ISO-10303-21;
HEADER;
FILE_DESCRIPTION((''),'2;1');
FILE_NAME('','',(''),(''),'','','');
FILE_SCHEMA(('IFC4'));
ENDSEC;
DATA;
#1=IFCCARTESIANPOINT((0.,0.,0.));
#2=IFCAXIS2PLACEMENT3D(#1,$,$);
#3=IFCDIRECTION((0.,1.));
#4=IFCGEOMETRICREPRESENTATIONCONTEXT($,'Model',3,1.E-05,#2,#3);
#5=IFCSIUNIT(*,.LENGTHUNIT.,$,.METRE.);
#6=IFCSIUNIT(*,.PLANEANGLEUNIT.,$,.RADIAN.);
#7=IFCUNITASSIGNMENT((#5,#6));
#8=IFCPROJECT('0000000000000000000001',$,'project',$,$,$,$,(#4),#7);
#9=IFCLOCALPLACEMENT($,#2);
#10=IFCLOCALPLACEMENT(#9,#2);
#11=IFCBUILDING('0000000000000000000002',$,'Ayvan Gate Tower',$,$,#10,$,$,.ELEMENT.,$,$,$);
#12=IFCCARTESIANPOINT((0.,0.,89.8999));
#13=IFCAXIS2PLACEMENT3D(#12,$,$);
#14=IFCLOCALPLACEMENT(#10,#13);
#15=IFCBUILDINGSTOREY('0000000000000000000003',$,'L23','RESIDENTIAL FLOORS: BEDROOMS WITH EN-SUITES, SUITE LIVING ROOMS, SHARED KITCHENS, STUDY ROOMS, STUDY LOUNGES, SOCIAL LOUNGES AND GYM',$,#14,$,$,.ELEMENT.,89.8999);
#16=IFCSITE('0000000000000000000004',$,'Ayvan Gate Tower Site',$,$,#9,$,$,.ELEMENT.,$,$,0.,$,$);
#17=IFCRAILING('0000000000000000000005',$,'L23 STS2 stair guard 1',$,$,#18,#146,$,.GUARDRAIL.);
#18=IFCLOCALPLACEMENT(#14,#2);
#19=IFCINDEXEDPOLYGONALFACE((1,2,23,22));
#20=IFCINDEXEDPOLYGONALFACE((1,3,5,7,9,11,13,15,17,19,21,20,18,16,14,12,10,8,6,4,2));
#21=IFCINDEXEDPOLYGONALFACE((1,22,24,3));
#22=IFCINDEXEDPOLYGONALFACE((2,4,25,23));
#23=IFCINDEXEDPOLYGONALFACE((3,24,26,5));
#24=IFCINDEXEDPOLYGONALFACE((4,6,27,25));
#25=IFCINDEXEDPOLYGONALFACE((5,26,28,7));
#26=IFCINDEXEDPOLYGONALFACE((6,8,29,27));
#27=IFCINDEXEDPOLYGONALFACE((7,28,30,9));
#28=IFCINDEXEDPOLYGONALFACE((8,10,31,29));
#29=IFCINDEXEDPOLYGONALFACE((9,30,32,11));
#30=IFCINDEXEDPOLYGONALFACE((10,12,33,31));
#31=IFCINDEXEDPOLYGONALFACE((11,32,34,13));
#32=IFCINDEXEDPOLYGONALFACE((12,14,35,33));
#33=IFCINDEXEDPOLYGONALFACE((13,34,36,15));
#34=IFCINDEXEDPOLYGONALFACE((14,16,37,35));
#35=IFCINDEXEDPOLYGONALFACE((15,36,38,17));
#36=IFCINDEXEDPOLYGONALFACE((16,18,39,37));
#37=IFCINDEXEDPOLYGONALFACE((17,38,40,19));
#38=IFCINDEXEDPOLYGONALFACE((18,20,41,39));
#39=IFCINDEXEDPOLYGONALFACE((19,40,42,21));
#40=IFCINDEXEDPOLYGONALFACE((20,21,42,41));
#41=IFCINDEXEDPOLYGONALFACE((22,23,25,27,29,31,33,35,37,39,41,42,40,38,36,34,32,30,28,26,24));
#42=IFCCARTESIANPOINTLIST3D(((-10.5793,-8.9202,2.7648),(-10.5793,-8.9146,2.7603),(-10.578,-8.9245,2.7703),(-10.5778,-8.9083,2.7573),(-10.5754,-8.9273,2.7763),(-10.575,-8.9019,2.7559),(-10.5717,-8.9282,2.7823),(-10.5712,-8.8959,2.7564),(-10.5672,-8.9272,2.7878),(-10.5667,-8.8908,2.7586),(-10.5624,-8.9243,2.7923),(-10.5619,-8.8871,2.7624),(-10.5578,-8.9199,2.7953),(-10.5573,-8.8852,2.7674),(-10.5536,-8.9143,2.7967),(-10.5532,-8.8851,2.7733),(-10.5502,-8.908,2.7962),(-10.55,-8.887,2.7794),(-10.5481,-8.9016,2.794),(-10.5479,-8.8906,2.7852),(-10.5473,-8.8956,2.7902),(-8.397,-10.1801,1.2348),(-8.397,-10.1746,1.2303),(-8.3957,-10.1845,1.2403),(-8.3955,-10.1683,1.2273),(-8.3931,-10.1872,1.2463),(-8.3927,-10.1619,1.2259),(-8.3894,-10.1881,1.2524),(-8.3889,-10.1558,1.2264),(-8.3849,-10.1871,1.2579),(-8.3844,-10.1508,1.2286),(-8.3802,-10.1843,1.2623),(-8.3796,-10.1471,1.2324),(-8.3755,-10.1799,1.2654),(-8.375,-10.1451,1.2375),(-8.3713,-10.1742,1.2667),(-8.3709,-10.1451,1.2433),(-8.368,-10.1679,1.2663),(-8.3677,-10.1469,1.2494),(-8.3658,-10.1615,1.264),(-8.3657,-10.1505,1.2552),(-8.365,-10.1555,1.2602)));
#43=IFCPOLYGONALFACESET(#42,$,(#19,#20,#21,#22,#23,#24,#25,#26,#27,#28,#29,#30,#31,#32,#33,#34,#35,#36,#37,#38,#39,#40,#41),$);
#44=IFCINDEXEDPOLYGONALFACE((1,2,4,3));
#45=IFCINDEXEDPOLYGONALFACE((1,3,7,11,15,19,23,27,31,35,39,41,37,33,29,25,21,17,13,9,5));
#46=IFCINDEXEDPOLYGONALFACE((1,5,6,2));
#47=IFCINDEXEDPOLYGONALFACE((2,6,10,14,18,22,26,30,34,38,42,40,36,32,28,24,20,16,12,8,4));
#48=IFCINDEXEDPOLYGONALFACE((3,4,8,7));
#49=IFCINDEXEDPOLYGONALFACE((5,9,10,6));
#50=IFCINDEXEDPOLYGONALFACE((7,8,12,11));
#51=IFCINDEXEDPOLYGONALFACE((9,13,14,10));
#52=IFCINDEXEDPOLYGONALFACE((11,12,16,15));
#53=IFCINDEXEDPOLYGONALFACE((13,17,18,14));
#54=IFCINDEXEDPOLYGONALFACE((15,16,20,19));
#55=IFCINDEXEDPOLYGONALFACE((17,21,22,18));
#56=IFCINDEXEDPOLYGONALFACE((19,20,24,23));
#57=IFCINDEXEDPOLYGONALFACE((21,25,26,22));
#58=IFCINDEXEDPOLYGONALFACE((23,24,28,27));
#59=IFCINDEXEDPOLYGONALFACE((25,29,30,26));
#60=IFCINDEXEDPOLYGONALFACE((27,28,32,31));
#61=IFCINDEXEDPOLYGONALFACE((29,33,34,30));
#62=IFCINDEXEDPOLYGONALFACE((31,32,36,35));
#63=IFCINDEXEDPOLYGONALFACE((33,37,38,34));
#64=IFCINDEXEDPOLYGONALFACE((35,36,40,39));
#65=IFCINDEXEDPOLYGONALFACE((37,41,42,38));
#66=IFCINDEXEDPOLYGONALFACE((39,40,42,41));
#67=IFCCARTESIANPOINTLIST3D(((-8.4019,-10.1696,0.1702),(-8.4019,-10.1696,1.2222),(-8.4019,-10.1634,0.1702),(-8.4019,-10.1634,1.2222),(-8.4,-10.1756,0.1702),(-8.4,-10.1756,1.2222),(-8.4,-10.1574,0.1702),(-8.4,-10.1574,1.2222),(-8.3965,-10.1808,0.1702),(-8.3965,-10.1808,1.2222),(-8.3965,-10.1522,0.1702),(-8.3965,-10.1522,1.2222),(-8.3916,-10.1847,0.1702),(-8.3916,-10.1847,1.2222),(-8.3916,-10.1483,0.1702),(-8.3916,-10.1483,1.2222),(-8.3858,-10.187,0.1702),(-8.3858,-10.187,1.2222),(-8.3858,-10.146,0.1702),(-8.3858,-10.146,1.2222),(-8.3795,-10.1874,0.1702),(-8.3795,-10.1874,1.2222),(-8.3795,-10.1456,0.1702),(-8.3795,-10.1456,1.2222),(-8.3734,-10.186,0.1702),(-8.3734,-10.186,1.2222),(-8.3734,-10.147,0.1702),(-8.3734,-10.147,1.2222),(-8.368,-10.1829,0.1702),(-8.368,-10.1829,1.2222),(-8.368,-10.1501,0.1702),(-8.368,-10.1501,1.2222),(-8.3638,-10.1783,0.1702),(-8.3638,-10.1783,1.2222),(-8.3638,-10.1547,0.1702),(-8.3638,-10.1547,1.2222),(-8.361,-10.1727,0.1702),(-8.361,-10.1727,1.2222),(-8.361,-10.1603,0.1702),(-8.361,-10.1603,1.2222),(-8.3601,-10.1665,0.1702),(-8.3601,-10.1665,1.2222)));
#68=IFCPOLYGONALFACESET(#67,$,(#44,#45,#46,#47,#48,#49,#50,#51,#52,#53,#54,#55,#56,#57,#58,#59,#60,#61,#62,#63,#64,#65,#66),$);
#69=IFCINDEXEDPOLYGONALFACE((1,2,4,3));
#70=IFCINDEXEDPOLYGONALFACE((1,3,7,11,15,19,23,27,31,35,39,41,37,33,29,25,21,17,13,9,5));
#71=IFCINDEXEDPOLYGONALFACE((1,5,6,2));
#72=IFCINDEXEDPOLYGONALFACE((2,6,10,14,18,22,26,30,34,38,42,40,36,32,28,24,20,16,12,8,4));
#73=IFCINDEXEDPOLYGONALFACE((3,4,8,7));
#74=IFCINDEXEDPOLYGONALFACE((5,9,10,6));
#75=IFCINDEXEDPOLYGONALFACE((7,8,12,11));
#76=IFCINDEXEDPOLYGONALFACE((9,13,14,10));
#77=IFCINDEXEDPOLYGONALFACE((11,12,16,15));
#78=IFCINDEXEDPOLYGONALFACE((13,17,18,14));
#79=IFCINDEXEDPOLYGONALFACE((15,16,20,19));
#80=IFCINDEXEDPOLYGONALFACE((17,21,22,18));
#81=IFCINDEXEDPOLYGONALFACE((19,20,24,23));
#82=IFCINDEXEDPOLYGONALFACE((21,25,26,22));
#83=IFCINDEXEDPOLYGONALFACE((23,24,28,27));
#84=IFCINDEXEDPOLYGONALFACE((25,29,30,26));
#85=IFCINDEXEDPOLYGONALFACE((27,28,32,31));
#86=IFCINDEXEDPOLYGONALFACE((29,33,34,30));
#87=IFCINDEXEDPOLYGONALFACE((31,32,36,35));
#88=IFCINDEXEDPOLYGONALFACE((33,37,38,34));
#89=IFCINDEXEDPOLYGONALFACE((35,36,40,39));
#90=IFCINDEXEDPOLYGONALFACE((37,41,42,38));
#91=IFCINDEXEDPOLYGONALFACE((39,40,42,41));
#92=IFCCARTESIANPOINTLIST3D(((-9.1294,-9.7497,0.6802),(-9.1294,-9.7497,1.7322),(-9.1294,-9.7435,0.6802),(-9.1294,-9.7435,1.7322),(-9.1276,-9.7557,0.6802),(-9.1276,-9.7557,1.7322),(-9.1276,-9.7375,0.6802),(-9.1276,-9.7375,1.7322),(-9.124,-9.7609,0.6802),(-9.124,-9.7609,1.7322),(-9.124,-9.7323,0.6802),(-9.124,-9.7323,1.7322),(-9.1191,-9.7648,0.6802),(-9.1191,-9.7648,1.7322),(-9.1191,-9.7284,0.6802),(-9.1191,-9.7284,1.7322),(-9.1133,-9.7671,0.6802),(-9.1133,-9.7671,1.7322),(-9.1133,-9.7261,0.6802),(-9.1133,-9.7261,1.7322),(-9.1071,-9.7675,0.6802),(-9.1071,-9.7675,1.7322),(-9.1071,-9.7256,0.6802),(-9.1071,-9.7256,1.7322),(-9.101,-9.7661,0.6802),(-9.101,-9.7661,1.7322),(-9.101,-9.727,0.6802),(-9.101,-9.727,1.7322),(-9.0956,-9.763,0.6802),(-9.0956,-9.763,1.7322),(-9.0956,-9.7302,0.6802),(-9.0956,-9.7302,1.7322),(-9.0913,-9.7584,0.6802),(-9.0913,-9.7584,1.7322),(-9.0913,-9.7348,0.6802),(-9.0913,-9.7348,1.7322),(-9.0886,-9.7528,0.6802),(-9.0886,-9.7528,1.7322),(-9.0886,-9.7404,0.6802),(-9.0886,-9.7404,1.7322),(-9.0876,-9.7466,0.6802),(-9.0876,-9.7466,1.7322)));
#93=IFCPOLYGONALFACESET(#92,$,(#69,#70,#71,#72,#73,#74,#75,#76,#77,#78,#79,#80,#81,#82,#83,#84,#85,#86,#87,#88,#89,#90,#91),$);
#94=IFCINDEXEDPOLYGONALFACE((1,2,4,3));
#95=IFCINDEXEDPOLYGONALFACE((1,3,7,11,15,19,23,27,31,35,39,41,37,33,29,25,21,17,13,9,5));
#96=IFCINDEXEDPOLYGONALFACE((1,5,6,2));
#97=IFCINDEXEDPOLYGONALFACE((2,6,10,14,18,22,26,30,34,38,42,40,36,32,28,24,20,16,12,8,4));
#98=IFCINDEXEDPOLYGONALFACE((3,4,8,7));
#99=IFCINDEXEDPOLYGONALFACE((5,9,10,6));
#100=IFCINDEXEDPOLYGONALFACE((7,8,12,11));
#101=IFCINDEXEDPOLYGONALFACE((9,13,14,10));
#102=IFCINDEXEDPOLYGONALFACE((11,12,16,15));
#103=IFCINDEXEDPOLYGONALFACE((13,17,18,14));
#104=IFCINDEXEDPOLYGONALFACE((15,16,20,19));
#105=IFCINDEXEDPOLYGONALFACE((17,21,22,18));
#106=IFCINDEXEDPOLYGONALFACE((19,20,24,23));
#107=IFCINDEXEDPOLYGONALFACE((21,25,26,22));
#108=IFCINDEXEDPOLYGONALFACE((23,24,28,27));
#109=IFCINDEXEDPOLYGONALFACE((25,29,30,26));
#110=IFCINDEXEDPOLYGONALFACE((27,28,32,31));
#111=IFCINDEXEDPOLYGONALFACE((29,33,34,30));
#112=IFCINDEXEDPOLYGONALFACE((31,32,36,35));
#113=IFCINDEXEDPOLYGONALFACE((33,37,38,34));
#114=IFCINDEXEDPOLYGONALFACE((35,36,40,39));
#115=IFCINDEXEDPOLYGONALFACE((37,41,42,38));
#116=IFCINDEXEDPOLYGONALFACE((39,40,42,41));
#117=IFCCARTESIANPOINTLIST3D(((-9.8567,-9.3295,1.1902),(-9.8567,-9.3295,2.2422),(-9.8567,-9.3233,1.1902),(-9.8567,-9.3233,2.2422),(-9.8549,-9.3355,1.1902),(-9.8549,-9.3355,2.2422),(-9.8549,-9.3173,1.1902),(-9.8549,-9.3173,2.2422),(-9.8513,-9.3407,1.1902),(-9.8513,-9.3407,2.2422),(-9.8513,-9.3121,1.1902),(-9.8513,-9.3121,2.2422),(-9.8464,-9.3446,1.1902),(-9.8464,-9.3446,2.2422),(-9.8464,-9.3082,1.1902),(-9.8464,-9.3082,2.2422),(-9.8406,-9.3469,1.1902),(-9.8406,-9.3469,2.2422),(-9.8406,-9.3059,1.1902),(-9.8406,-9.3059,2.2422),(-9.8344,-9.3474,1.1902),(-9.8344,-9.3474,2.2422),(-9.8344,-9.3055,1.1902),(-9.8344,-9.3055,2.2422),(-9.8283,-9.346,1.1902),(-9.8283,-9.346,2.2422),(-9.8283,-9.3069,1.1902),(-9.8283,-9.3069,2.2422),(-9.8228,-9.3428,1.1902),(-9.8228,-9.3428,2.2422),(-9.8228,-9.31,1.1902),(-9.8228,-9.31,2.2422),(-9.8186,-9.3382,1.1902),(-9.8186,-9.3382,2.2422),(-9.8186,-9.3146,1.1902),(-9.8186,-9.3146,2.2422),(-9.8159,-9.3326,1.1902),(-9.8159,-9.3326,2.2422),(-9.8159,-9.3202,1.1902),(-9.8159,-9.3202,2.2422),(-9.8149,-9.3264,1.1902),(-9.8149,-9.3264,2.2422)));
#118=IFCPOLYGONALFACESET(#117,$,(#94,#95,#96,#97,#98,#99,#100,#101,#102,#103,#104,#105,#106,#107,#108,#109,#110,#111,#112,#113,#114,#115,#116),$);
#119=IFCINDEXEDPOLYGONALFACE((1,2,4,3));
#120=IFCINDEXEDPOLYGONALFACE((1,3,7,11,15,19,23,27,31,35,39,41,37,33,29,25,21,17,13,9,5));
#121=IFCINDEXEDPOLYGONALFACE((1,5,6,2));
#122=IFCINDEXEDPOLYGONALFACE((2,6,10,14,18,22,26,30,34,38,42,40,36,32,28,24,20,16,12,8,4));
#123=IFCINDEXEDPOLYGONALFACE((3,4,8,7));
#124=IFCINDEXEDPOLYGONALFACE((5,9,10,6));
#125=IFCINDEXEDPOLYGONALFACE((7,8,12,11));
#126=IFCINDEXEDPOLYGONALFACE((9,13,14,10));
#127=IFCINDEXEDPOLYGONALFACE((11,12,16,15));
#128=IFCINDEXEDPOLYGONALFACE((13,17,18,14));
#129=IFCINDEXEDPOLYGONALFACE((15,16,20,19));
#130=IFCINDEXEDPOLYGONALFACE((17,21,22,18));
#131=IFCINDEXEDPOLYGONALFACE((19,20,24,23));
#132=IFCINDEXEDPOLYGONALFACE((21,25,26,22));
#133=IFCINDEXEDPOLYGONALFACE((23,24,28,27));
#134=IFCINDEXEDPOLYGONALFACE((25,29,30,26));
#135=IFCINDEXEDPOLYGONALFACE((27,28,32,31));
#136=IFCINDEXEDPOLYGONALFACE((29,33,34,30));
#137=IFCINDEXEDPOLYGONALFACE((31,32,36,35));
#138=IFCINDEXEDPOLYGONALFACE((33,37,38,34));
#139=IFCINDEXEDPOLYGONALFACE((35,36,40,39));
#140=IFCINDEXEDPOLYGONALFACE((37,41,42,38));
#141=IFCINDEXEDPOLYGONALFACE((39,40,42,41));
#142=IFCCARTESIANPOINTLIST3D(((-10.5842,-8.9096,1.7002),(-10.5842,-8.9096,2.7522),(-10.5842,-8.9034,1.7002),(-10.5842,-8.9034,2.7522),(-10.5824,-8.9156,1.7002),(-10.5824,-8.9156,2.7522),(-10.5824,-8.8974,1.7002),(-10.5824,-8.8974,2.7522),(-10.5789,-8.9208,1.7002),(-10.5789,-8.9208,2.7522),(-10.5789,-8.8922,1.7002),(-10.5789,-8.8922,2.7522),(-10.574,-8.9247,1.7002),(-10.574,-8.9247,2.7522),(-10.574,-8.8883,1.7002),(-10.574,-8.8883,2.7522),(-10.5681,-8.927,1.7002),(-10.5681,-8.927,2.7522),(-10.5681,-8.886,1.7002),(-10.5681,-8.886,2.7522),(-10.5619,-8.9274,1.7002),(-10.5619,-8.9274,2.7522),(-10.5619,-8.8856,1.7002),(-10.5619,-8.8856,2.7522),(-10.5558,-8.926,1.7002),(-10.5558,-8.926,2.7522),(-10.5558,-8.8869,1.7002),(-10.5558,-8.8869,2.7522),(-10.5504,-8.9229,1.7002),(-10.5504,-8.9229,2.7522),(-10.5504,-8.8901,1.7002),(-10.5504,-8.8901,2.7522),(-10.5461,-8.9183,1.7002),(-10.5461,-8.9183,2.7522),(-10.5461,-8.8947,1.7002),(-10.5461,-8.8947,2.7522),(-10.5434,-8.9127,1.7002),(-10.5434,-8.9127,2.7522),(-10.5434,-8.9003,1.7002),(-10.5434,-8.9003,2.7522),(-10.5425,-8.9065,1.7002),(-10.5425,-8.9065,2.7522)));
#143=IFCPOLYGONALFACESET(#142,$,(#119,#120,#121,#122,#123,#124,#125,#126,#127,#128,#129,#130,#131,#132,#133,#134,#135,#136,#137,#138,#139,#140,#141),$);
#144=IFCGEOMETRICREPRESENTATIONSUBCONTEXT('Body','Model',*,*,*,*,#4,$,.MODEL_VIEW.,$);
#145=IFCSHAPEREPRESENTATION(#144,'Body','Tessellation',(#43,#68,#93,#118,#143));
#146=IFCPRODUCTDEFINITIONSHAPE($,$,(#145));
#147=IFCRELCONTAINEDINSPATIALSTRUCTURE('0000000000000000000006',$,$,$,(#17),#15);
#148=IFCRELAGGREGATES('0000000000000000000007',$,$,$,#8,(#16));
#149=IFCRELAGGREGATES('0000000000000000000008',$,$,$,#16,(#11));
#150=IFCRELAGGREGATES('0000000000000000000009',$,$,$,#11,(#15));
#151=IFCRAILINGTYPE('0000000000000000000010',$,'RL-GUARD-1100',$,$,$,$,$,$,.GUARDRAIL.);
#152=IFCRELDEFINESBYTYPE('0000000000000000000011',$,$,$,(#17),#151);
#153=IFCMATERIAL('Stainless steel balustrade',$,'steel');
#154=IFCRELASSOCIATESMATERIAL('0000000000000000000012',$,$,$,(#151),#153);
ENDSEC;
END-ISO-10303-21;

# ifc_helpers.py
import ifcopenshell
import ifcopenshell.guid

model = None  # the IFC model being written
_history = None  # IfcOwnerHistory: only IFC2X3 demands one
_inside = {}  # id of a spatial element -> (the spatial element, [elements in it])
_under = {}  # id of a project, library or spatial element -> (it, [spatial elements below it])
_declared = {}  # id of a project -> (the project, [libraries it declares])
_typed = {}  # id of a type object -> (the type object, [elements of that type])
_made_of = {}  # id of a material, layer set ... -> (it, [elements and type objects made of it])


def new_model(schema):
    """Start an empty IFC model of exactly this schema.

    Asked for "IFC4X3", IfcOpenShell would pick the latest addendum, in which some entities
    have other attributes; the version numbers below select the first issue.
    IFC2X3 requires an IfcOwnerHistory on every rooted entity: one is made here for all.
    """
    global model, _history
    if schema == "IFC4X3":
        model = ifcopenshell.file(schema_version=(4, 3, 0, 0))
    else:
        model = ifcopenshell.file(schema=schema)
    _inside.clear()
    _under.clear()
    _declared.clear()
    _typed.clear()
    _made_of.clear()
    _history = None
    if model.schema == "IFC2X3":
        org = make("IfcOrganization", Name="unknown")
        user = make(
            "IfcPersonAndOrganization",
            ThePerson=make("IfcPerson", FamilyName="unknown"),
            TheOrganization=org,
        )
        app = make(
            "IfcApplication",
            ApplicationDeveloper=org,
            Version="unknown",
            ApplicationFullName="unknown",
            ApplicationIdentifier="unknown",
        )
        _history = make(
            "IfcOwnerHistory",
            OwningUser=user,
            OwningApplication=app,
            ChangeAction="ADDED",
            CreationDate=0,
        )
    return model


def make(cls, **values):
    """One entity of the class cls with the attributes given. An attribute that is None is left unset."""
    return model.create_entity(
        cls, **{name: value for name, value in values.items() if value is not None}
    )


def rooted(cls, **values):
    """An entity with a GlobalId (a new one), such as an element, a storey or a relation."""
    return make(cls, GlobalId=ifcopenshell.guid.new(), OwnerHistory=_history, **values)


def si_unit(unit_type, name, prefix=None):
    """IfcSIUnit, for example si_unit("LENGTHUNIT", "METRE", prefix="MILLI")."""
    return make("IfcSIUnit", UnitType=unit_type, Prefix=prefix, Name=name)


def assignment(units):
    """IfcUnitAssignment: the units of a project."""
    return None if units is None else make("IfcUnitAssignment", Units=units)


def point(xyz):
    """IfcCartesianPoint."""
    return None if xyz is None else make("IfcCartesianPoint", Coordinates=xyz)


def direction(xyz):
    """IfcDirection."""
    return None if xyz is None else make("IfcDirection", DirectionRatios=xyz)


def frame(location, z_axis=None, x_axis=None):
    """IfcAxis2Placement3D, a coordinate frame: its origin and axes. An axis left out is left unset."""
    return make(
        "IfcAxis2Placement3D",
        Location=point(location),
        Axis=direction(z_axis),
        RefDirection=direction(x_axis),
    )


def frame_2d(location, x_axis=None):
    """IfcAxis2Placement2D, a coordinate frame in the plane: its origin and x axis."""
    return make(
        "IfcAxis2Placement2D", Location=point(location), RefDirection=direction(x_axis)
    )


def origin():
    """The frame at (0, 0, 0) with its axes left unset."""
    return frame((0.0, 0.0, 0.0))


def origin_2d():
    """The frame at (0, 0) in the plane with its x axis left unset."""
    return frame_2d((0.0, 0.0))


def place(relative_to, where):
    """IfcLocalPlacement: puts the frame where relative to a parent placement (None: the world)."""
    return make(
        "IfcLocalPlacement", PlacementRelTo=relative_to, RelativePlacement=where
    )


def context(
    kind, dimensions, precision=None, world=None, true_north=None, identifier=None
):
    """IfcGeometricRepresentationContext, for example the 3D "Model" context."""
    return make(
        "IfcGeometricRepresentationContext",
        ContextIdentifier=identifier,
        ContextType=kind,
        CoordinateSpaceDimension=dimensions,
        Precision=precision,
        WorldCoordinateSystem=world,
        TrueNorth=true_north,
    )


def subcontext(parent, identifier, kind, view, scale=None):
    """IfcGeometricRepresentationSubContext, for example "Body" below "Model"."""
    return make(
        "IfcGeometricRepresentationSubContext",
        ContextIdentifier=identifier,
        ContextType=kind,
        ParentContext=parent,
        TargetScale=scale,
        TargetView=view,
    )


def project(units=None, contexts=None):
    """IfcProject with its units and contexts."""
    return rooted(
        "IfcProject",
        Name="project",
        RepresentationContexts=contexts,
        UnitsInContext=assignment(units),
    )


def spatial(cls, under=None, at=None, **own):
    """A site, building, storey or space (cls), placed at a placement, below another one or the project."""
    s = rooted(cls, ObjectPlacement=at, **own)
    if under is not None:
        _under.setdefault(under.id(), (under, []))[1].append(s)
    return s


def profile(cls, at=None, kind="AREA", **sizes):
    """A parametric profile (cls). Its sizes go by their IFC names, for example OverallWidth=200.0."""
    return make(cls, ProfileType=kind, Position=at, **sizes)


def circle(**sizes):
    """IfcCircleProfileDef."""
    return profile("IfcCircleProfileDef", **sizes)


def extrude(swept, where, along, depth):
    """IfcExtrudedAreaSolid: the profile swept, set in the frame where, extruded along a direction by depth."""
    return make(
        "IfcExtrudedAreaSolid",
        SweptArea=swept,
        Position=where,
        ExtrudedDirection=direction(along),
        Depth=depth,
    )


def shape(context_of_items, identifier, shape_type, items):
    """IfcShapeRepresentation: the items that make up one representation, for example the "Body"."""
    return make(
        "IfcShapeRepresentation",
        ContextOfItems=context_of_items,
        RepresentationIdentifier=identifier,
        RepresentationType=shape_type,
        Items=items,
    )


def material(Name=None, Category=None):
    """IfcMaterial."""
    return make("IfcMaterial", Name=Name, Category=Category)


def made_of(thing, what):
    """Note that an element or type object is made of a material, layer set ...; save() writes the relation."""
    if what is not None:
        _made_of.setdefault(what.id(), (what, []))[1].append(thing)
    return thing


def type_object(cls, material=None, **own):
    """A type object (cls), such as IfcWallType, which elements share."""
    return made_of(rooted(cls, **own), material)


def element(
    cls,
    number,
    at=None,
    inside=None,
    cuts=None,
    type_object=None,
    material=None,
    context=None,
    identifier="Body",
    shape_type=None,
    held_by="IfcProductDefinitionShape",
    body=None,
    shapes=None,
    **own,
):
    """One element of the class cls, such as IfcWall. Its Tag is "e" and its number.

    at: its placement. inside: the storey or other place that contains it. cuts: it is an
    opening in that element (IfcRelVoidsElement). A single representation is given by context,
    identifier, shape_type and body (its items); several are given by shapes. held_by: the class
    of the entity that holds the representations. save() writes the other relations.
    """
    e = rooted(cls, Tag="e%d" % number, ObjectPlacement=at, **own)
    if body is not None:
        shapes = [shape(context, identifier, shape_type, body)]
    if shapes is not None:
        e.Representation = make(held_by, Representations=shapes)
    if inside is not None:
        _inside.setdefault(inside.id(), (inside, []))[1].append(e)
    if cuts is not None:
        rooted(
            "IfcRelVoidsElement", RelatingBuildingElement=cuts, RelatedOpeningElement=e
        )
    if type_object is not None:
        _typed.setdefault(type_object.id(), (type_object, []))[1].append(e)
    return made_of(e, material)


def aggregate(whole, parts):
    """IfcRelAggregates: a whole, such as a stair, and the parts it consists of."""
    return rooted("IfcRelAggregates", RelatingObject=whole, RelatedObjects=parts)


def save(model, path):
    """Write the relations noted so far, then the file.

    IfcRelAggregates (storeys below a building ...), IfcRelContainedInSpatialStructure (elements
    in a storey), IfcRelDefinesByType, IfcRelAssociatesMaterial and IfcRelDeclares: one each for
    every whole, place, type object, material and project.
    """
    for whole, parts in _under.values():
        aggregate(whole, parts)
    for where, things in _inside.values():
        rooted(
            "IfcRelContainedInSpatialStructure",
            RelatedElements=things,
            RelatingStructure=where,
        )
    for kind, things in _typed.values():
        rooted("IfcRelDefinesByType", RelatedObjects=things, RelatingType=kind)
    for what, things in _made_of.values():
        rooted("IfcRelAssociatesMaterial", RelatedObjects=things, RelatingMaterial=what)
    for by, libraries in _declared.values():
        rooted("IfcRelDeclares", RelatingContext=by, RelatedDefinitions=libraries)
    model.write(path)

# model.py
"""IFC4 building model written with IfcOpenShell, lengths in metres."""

from ifc_helpers import new_model, si_unit, direction, frame, origin, origin_2d, place, context, subcontext, project, spatial, circle, extrude, material, type_object, element, save


model = new_model("IFC4")

# Units and contexts
model_context = context("Model", 3, precision=1e-05, world=origin(), true_north=direction((0.0, 1.0)))
body_context = subcontext(model_context, "Body", "Model", "MODEL_VIEW")
ifc_project = project(units=[si_unit("LENGTHUNIT", "METRE"), si_unit("PLANEANGLEUNIT", "RADIAN")], contexts=[model_context])

# Site, building, storey
site_placement = place(None, origin())
site = spatial("IfcSite", under=ifc_project, at=site_placement, Name="Ayvan Gate Tower Site", CompositionType="ELEMENT", RefElevation=0.0)
building_placement = place(site_placement, origin())
building = spatial("IfcBuilding", under=site, at=building_placement, Name="Ayvan Gate Tower", CompositionType="ELEMENT")
storey_placement = place(building_placement, frame((0.0, 0.0, 89.8999)))
storey = spatial("IfcBuildingStorey", under=building, at=storey_placement, Name="L23", Description="RESIDENTIAL FLOORS: BEDROOMS WITH EN-SUITES, SUITE LIVING ROOMS, SHARED KITCHENS, STUDY ROOMS, STUDY LOUNGES, SOCIAL LOUNGES AND GYM", CompositionType="ELEMENT", Elevation=89.8999)

# Railing
ifc_material_1 = material(Name="Stainless steel balustrade", Category="steel")
railing_type_1 = type_object("IfcRailingType", Name="RL-GUARD-1100", PredefinedType="GUARDRAIL", material=ifc_material_1)
railing_1_placement = place(storey_placement, frame((-8.3811, -10.1665, 0.1702)))
element("IfcRailing", 1, at=railing_1_placement, inside=storey, type_object=railing_type_1, Name="L23 STS2 stair guard 1", PredefinedType="GUARDRAIL", context=body_context, shape_type="SweptSolid", body=[
    extrude(circle(Radius=0.0239, at=origin_2d()), frame((0.0, 0.0, 1.0762), z_axis=(-0.740261, 0.427395, 0.518986), x_axis=(-0.500005, -0.866023, 0.0)), (0.0, 0.0, 1.0), 2.948),
    extrude(circle(Radius=0.021, at=origin_2d()), origin(), (0.0, 0.0, 1.0), 1.052),
    extrude(circle(Radius=0.021, at=origin_2d()), frame((-0.7275, 0.4199, 0.51)), (0.0, 0.0, 1.0), 1.052),
    extrude(circle(Radius=0.021, at=origin_2d()), frame((-1.4548, 0.8401, 1.02)), (0.0, 0.0, 1.0), 1.052),
    extrude(circle(Radius=0.021, at=origin_2d()), frame((-2.1824, 1.26, 1.53)), (0.0, 0.0, 1.0), 1.052),
])

save(model, "model.ifc")
